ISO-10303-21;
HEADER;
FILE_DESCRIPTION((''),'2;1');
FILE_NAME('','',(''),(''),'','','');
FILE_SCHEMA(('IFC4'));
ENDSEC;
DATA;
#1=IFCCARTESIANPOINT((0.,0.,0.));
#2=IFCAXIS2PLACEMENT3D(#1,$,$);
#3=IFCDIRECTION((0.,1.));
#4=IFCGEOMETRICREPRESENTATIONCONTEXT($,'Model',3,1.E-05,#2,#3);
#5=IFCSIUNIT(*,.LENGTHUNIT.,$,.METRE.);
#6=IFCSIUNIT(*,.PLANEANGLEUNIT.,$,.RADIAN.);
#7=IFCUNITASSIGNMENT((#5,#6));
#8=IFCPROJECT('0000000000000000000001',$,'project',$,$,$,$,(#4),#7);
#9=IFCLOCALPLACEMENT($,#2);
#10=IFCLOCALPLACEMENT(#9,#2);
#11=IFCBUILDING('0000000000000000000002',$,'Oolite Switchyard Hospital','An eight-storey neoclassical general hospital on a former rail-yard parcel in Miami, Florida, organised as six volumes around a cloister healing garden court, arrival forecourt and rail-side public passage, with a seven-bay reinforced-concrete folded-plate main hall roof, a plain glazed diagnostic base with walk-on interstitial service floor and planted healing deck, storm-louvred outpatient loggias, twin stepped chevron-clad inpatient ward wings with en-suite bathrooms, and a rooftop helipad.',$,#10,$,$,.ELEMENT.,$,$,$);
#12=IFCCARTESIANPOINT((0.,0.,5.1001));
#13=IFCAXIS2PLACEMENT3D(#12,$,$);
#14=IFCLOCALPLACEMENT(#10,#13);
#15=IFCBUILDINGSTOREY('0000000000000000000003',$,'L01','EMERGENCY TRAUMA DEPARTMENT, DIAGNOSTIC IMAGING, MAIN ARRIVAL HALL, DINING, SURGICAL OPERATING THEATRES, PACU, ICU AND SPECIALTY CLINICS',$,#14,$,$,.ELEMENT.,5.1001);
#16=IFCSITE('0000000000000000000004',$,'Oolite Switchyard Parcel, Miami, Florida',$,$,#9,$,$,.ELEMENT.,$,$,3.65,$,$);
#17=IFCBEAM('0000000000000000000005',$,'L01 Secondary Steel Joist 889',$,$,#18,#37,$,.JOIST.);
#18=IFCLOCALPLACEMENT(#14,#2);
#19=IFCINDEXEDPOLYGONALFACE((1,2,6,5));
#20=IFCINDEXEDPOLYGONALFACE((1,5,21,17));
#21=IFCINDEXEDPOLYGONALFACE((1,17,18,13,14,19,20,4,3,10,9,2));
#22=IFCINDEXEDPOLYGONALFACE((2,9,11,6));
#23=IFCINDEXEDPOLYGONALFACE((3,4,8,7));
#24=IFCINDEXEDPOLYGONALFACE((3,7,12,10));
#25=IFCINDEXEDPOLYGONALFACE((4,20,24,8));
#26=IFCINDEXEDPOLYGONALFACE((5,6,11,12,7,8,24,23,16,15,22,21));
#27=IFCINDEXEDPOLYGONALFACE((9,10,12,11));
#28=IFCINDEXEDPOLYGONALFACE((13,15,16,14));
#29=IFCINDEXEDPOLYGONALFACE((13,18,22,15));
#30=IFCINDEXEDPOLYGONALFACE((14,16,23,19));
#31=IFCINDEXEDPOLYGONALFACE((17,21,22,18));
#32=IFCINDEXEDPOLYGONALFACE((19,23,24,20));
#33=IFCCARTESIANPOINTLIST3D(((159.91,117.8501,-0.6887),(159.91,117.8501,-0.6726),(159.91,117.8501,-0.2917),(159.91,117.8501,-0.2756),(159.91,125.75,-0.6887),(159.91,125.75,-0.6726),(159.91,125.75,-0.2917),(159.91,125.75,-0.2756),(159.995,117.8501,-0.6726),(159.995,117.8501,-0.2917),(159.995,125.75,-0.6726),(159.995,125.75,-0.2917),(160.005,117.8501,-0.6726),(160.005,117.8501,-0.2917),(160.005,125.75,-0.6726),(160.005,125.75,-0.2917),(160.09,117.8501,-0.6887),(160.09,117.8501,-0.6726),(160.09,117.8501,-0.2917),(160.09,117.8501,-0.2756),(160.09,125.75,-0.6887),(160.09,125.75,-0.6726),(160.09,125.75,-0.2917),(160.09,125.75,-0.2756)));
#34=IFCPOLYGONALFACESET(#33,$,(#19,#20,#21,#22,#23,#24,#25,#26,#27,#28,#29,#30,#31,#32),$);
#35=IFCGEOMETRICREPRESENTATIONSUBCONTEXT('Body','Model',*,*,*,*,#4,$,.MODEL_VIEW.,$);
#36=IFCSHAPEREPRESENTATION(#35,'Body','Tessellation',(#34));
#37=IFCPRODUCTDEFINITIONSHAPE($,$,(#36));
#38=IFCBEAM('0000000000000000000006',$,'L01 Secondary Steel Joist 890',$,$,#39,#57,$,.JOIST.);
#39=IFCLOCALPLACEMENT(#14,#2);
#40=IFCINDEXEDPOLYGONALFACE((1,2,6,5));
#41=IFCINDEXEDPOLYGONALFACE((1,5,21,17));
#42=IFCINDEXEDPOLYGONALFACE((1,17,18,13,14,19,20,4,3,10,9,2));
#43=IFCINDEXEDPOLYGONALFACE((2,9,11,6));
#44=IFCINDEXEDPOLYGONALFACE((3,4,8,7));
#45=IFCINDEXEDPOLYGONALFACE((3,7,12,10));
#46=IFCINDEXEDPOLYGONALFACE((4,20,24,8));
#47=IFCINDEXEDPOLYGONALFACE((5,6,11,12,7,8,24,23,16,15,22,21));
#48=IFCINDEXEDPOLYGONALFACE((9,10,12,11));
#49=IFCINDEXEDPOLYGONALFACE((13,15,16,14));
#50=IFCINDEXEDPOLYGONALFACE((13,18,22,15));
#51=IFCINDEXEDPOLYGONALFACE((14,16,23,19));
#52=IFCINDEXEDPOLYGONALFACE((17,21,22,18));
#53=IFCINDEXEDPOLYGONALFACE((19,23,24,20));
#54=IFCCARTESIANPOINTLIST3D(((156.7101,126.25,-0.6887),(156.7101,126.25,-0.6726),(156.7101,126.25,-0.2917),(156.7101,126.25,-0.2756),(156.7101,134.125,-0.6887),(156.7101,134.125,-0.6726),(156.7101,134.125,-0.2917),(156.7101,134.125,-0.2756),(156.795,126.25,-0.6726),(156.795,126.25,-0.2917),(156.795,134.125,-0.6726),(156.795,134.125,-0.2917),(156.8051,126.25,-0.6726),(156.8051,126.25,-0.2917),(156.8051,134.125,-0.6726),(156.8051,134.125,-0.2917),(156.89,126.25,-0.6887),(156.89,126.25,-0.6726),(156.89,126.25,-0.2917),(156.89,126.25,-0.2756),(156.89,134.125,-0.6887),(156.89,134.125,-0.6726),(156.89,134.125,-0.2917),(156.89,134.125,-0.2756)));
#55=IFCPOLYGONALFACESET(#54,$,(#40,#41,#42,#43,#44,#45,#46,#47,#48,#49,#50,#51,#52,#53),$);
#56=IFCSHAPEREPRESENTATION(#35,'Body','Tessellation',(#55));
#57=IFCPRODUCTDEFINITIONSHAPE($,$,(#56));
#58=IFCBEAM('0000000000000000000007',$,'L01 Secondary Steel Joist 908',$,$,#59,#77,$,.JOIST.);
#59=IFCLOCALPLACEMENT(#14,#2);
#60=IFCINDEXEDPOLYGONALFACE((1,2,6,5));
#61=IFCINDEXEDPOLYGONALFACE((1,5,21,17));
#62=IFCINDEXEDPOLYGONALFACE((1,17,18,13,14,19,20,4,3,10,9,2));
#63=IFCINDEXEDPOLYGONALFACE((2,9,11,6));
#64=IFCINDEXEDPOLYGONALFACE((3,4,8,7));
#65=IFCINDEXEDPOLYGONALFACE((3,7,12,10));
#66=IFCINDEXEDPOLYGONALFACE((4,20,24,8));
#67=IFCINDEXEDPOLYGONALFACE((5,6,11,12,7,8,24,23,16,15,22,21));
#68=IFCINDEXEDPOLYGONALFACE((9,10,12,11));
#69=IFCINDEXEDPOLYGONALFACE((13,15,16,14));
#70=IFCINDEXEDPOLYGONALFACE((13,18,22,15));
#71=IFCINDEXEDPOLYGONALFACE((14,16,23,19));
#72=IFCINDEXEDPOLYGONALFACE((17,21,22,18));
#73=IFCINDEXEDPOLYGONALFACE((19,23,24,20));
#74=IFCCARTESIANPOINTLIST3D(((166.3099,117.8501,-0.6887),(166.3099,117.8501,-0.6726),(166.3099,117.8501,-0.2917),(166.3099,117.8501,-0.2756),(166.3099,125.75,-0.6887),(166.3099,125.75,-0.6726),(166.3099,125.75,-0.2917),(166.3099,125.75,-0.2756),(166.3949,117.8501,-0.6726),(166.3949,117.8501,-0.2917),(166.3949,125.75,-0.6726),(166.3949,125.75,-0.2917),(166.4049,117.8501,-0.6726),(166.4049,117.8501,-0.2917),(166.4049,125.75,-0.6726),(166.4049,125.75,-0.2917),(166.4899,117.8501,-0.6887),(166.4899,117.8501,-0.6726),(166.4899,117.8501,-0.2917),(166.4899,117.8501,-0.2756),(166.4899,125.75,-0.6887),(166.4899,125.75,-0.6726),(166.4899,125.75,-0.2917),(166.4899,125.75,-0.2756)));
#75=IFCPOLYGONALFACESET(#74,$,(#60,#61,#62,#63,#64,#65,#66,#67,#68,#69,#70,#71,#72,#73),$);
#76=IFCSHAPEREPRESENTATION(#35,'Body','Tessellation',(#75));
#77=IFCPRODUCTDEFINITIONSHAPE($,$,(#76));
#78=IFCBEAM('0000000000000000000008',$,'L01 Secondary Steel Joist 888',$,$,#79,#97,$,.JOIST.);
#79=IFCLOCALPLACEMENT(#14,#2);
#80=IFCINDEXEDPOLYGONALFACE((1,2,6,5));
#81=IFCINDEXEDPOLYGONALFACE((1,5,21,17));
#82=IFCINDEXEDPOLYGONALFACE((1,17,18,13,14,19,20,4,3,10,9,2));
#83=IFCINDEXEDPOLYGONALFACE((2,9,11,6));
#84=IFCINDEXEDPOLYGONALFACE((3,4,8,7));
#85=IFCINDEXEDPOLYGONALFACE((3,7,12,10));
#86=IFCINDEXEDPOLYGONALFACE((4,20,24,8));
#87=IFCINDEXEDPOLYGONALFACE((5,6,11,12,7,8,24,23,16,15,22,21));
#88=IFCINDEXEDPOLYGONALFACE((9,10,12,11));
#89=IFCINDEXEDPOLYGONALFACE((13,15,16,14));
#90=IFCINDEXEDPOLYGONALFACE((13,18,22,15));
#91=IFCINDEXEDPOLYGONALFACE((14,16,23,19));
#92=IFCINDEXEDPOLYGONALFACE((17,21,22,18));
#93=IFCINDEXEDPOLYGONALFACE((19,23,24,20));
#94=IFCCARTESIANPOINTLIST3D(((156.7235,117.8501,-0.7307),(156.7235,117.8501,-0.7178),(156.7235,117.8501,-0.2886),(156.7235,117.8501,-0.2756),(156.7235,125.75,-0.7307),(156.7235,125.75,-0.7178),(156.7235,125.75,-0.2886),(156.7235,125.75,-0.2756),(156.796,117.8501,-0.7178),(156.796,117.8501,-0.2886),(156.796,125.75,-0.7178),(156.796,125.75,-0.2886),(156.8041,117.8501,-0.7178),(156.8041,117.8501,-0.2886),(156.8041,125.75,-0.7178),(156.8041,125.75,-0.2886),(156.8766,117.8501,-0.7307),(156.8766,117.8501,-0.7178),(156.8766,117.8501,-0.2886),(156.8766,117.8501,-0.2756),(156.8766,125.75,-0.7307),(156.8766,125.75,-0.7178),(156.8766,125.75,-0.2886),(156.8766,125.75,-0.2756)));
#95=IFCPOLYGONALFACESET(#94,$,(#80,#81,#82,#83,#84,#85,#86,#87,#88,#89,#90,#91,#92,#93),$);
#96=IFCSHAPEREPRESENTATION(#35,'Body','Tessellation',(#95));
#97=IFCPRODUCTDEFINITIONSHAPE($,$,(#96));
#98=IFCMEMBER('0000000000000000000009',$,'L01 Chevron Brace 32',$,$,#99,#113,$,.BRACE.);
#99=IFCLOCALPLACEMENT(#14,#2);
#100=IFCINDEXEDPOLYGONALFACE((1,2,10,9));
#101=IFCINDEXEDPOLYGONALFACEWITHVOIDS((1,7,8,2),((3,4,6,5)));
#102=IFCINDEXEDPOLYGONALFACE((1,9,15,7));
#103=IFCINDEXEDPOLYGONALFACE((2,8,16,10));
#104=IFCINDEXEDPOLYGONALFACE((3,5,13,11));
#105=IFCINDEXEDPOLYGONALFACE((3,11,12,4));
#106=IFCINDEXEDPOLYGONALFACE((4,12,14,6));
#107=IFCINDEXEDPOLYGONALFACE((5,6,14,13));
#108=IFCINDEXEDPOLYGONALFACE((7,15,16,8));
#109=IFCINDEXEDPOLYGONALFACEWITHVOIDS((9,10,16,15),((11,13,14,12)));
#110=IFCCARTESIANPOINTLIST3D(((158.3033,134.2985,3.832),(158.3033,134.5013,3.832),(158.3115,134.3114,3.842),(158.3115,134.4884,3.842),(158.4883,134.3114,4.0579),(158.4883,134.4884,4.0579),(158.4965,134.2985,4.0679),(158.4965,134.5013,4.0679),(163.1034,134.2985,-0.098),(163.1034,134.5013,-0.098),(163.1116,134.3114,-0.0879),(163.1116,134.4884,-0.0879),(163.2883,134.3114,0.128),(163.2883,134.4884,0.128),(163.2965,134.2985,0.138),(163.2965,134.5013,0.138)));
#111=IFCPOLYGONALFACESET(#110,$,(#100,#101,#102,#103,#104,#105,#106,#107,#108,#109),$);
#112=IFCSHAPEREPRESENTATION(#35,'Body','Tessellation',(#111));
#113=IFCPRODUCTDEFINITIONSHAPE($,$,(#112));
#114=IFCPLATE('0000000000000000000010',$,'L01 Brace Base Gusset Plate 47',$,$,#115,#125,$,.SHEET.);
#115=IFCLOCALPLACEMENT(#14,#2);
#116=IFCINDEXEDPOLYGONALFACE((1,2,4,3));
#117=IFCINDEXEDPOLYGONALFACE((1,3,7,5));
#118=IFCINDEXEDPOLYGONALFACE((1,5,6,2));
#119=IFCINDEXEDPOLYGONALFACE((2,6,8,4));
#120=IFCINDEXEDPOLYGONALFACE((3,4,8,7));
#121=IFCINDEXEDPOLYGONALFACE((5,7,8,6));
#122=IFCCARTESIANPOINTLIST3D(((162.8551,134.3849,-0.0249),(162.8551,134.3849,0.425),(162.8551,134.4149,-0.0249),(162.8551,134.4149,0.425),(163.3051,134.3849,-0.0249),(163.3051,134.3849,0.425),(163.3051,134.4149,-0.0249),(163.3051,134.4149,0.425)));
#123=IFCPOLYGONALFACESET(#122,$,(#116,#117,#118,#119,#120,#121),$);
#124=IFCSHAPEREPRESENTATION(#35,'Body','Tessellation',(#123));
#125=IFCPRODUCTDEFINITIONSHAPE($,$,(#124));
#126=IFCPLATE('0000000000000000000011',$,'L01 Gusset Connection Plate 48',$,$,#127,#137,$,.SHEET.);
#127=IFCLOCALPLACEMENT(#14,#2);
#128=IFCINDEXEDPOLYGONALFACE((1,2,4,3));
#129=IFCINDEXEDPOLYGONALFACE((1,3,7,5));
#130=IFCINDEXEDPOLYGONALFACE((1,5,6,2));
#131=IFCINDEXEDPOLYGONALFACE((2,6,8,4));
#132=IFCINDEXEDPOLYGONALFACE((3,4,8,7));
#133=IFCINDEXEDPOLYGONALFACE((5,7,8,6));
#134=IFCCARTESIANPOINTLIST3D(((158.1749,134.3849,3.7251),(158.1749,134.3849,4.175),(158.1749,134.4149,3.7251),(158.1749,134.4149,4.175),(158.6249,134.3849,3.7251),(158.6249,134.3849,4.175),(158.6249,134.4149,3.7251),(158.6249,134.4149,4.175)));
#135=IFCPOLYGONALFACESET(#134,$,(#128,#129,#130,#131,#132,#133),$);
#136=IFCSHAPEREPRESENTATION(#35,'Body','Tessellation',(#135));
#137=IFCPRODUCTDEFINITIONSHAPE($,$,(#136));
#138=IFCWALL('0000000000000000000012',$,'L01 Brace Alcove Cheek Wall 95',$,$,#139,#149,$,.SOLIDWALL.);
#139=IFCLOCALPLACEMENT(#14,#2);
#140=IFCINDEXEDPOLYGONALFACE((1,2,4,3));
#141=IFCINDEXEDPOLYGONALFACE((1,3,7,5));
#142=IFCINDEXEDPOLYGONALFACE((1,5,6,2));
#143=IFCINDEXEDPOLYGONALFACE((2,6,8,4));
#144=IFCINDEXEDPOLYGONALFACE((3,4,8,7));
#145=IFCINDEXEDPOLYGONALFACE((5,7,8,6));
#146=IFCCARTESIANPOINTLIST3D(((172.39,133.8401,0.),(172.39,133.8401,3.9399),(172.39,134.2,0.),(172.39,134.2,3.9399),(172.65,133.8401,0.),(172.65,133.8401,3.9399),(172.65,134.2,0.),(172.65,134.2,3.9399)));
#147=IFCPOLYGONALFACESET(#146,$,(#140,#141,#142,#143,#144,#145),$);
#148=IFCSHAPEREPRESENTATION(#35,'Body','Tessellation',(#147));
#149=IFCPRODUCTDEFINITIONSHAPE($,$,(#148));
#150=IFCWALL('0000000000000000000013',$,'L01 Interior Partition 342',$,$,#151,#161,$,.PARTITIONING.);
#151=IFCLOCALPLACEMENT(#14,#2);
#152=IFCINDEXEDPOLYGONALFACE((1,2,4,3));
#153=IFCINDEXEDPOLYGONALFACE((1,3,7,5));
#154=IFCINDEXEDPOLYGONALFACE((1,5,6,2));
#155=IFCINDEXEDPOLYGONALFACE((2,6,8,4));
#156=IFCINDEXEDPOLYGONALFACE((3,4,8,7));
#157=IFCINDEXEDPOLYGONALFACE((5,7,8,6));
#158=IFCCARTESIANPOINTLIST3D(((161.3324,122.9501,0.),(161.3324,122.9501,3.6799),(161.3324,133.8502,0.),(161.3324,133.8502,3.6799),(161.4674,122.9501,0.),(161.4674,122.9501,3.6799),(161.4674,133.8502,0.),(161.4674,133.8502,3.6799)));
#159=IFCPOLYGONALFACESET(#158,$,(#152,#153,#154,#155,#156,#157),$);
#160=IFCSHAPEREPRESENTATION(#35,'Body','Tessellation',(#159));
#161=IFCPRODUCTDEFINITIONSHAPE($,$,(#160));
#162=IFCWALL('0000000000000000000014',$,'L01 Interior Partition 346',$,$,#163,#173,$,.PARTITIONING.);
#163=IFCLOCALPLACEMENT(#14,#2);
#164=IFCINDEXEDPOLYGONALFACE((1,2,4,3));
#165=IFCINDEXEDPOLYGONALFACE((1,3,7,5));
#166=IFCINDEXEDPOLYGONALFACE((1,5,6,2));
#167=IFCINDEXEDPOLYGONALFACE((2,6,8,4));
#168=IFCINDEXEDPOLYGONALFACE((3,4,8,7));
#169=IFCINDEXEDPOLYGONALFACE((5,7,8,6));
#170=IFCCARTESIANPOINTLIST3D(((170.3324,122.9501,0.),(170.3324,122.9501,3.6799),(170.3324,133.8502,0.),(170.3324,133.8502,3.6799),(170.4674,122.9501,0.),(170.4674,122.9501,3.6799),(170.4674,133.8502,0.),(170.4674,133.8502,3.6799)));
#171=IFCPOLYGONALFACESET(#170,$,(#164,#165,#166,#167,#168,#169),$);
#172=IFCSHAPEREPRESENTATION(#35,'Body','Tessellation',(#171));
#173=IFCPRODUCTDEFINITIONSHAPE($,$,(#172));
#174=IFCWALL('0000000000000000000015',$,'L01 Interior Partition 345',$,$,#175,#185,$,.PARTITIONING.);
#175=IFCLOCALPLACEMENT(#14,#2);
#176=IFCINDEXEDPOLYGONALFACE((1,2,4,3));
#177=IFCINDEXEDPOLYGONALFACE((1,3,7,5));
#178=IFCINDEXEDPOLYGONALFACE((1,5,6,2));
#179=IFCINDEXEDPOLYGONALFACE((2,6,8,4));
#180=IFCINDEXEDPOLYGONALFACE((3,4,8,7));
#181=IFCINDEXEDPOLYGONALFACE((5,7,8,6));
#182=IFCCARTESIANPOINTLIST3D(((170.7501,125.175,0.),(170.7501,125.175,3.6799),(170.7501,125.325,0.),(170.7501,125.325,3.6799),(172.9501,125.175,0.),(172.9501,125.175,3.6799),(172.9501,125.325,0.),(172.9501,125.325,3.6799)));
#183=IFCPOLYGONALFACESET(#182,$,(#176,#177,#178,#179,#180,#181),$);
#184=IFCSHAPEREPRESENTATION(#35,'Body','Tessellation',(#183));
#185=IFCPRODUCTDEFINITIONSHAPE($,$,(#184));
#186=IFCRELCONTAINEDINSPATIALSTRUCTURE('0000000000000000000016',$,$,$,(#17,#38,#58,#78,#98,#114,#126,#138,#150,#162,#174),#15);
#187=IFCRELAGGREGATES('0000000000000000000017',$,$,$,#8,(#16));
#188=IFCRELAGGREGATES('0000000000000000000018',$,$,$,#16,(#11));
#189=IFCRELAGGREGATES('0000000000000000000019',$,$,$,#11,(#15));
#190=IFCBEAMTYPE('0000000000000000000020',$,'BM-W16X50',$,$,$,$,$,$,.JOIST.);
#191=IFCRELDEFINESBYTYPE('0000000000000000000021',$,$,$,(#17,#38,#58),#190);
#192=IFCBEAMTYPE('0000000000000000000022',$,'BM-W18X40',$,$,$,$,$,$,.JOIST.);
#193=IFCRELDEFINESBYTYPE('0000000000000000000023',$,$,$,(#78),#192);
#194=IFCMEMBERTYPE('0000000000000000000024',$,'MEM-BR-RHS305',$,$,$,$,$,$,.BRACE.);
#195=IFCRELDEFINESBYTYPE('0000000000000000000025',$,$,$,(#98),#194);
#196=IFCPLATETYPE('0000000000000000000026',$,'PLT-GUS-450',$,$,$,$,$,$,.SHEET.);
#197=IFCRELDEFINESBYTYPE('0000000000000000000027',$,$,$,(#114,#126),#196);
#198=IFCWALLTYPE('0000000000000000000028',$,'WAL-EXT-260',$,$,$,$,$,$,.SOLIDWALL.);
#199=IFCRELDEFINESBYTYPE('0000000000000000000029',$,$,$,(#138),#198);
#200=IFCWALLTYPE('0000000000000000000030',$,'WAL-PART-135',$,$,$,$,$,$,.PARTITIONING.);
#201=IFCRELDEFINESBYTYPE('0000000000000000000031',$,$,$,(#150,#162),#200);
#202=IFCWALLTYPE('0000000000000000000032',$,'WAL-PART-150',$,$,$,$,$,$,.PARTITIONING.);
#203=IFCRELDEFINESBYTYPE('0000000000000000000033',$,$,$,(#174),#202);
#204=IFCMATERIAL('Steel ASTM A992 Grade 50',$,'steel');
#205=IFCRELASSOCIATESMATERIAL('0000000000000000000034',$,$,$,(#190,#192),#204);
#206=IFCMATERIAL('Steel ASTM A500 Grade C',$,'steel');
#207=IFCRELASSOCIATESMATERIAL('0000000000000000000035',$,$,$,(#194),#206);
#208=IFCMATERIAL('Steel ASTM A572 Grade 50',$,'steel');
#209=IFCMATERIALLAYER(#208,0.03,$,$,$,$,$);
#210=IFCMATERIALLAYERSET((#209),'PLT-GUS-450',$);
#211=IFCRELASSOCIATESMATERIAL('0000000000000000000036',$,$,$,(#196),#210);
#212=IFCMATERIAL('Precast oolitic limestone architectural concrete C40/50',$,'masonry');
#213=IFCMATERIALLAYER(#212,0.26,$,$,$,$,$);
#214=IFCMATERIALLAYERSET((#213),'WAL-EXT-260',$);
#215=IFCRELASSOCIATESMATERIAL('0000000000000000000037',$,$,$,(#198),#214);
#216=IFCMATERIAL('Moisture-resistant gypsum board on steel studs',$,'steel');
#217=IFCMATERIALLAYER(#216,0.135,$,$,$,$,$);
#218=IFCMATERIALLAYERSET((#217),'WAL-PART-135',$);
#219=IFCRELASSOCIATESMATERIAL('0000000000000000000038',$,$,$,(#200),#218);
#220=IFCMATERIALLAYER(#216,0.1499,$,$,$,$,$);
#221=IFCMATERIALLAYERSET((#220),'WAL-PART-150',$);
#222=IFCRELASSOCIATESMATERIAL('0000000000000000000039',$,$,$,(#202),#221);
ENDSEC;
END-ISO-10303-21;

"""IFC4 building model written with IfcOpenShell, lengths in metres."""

from ifc_helpers import new_model, si_unit, direction, frame, frame_2d, origin, origin_2d, place, context, subcontext, project, spatial, rectangle, hollow_rectangle, i_section, extrude, material, layer, layer_set, material_profile, profile_set, type_object, element, save


model = new_model("IFC4")

# Units and contexts
model_context = context("Model", 3, precision=1e-05, world=origin(), true_north=direction((0.0, 1.0)))
body_context = subcontext(model_context, "Body", "Model", "MODEL_VIEW")
ifc_project = project(units=[si_unit("LENGTHUNIT", "METRE"), si_unit("PLANEANGLEUNIT", "RADIAN")], contexts=[model_context])

# Site, building, storey
site_placement = place(None, origin())
site = spatial("IfcSite", under=ifc_project, at=site_placement, Name="Oolite Switchyard Parcel, Miami, Florida", CompositionType="ELEMENT", RefElevation=3.65)
building_placement = place(site_placement, origin())
building = spatial("IfcBuilding", under=site, at=building_placement, Name="Oolite Switchyard Hospital", Description="An eight-storey neoclassical general hospital on a former rail-yard parcel in Miami, Florida, organised as six volumes around a cloister healing garden court, arrival forecourt and rail-side public passage, with a seven-bay reinforced-concrete folded-plate main hall roof, a plain glazed diagnostic base with walk-on interstitial service floor and planted healing deck, storm-louvred outpatient loggias, twin stepped chevron-clad inpatient ward wings with en-suite bathrooms, and a rooftop helipad.", CompositionType="ELEMENT")
storey_placement = place(building_placement, frame((0.0, 0.0, 5.1001)))
storey = spatial("IfcBuildingStorey", under=building, at=storey_placement, Name="L01", Description="EMERGENCY TRAUMA DEPARTMENT, DIAGNOSTIC IMAGING, MAIN ARRIVAL HALL, DINING, SURGICAL OPERATING THEATRES, PACU, ICU AND SPECIALTY CLINICS", CompositionType="ELEMENT", Elevation=5.1001)

# Beams
ifc_material_1 = material(Name="Steel ASTM A992 Grade 50", Category="steel")
ifc_material_profile_1 = material_profile(ifc_material_1, i_section(OverallWidth=0.1799, OverallDepth=0.4131, WebThickness=0.01, FlangeThickness=0.0161, at=origin_2d()), Name="W16X50")
ifc_profile_set_1 = profile_set([ifc_material_profile_1], Name="Steel ASTM A992 Grade 50")
beam_type_1 = type_object("IfcBeamType", Name="BM-W16X50", PredefinedType="JOIST", material=ifc_profile_set_1)
beam_1_placement = place(storey_placement, frame((160.0, 117.8501, -0.4822), z_axis=(0.0, 1.0, 0.0), x_axis=(-1.0, 0.0, 0.0)))
element("IfcBeam", 1, at=beam_1_placement, inside=storey, type_object=beam_type_1, Name="L01 Secondary Steel Joist 889", PredefinedType="JOIST", context=body_context, shape_type="SweptSolid", body=[
    extrude(i_section(OverallWidth=0.1799, OverallDepth=0.4131, WebThickness=0.01, FlangeThickness=0.0161, at=origin_2d()), origin(), (0.0, 0.0, 1.0), 7.8999),
])
beam_2_placement = place(storey_placement, frame((156.8, 126.25, -0.4822), z_axis=(0.0, 1.0, 0.0), x_axis=(-1.0, 0.0, 0.0)))
element("IfcBeam", 2, at=beam_2_placement, inside=storey, type_object=beam_type_1, Name="L01 Secondary Steel Joist 890", PredefinedType="JOIST", context=body_context, shape_type="SweptSolid", body=[
    extrude(i_section(OverallWidth=0.1799, OverallDepth=0.4131, WebThickness=0.01, FlangeThickness=0.0161, at=origin_2d()), origin(), (0.0, 0.0, 1.0), 7.875),
])
beam_3_placement = place(storey_placement, frame((166.3999, 117.8501, -0.4822), z_axis=(0.0, 1.0, 0.0), x_axis=(-1.0, 0.0, 0.0)))
element("IfcBeam", 3, at=beam_3_placement, inside=storey, type_object=beam_type_1, Name="L01 Secondary Steel Joist 908", PredefinedType="JOIST", context=body_context, shape_type="SweptSolid", body=[
    extrude(i_section(OverallWidth=0.1799, OverallDepth=0.4131, WebThickness=0.01, FlangeThickness=0.0161, at=origin_2d()), origin(), (0.0, 0.0, 1.0), 7.8999),
])
ifc_material_profile_2 = material_profile(ifc_material_1, i_section(OverallWidth=0.1531, OverallDepth=0.4551, WebThickness=0.0081, FlangeThickness=0.0129, at=origin_2d()), Name="W18X40")
ifc_profile_set_2 = profile_set([ifc_material_profile_2], Name="Steel ASTM A992 Grade 50")
beam_type_2 = type_object("IfcBeamType", Name="BM-W18X40", PredefinedType="JOIST", material=ifc_profile_set_2)
beam_4_placement = place(storey_placement, frame((156.8, 117.8501, -0.5032), z_axis=(0.0, 1.0, 0.0), x_axis=(-1.0, 0.0, 0.0)))
element("IfcBeam", 4, at=beam_4_placement, inside=storey, type_object=beam_type_2, Name="L01 Secondary Steel Joist 888", PredefinedType="JOIST", context=body_context, shape_type="SweptSolid", body=[
    extrude(i_section(OverallWidth=0.1531, OverallDepth=0.4551, WebThickness=0.0081, FlangeThickness=0.0129, at=origin_2d()), origin(), (0.0, 0.0, 1.0), 7.8999),
])

# Member
ifc_material_2 = material(Name="Steel ASTM A500 Grade C", Category="steel")
ifc_material_profile_3 = material_profile(ifc_material_2, hollow_rectangle(XDim=0.2029, YDim=0.3049, WallThickness=0.0129, at=origin_2d()), Name="HSS305X203X13")
ifc_profile_set_3 = profile_set([ifc_material_profile_3], Name="Steel ASTM A500 Grade C")
member_type = type_object("IfcMemberType", Name="MEM-BR-RHS305", PredefinedType="BRACE", material=ifc_profile_set_3)
member_placement = place(storey_placement, frame((163.2, 134.3999, 0.02), z_axis=(-0.77375, 0.0, 0.633491), x_axis=(0.0, -1.0, 0.0)))
element("IfcMember", 5, at=member_placement, inside=storey, type_object=member_type, Name="L01 Chevron Brace 32", PredefinedType="BRACE", context=body_context, shape_type="SweptSolid", body=[
    extrude(hollow_rectangle(XDim=0.2029, YDim=0.3049, WallThickness=0.0129, at=origin_2d()), origin(), (0.0, 0.0, 1.0), 6.2036),
])

# Plates
ifc_material_3 = material(Name="Steel ASTM A572 Grade 50", Category="steel")
ifc_layer_1 = layer(ifc_material_3, 0.03)
ifc_layer_set_1 = layer_set([ifc_layer_1], Name="PLT-GUS-450")
plate_type = type_object("IfcPlateType", Name="PLT-GUS-450", PredefinedType="SHEET", material=ifc_layer_set_1)
for number, where, z_axis, x_axis, name in (
    (6, (163.0801, 134.3999, -0.0249), (0.0, 0.0, 1.0), (1.0, 0.0, 0.0), "L01 Brace Base Gusset Plate 47"),
    (7, (158.3999, 134.3999, 3.7251), (0.0, 0.0, 1.0), (1.0, 0.0, 0.0), "L01 Gusset Connection Plate 48"),
):
    element("IfcPlate", number, at=place(storey_placement, frame(where, z_axis=z_axis, x_axis=x_axis)), inside=storey, type_object=plate_type, Name=name, PredefinedType="SHEET", context=body_context, shape_type="SweptSolid", body=[
        extrude(rectangle(XDim=0.45, YDim=0.03, at=origin_2d()), origin(), (0.0, 0.0, 1.0), 0.45),
    ])

# Walls
ifc_material_4 = material(Name="Precast oolitic limestone architectural concrete C40/50", Category="masonry")
ifc_layer_2 = layer(ifc_material_4, 0.26)
ifc_layer_set_2 = layer_set([ifc_layer_2], Name="WAL-EXT-260")
wall_type_1 = type_object("IfcWallType", Name="WAL-EXT-260", PredefinedType="SOLIDWALL", material=ifc_layer_set_2)
wall_1_placement = place(storey_placement, frame((172.52, 134.2, 0.0), z_axis=(0.0, 0.0, 1.0), x_axis=(0.0, -1.0, 0.0)))
element("IfcWall", 8, at=wall_1_placement, inside=storey, type_object=wall_type_1, Name="L01 Brace Alcove Cheek Wall 95", PredefinedType="SOLIDWALL", context=body_context, shape_type="SweptSolid", body=[
    extrude(rectangle(XDim=0.3599, YDim=0.26, at=frame_2d((0.1799, 0.0))), origin(), (0.0, 0.0, 1.0), 3.9399),
])
ifc_material_5 = material(Name="Moisture-resistant gypsum board on steel studs", Category="steel")
ifc_layer_3 = layer(ifc_material_5, 0.135)
ifc_layer_set_3 = layer_set([ifc_layer_3], Name="WAL-PART-135")
wall_type_2 = type_object("IfcWallType", Name="WAL-PART-135", PredefinedType="PARTITIONING", material=ifc_layer_set_3)
for number, where, z_axis, x_axis, name in (
    (9, (161.3999, 122.95, 0.0), (0.0, 0.0, 1.0), (0.0, 1.0, 0.0), "L01 Interior Partition 342"),
    (10, (170.3999, 122.95, 0.0), (0.0, 0.0, 1.0), (0.0, 1.0, 0.0), "L01 Interior Partition 346"),
):
    element("IfcWall", number, at=place(storey_placement, frame(where, z_axis=z_axis, x_axis=x_axis)), inside=storey, type_object=wall_type_2, Name=name, PredefinedType="PARTITIONING", context=body_context, shape_type="SweptSolid", body=[
        extrude(rectangle(XDim=10.9001, YDim=0.135, at=frame_2d((5.4502, 0.0))), origin(), (0.0, 0.0, 1.0), 3.6799),
    ])
ifc_layer_4 = layer(ifc_material_5, 0.1499)
ifc_layer_set_4 = layer_set([ifc_layer_4], Name="WAL-PART-150")
wall_type_3 = type_object("IfcWallType", Name="WAL-PART-150", PredefinedType="PARTITIONING", material=ifc_layer_set_4)
wall_2_placement = place(storey_placement, frame((170.75, 125.25, 0.0), z_axis=(0.0, 0.0, 1.0), x_axis=(1.0, 0.0, 0.0)))
element("IfcWall", 11, at=wall_2_placement, inside=storey, type_object=wall_type_3, Name="L01 Interior Partition 345", PredefinedType="PARTITIONING", context=body_context, shape_type="SweptSolid", body=[
    extrude(rectangle(XDim=2.2, YDim=0.1499, at=frame_2d((1.1001, 0.0))), origin(), (0.0, 0.0, 1.0), 3.6799),
])

save(model, "model.ifc")
